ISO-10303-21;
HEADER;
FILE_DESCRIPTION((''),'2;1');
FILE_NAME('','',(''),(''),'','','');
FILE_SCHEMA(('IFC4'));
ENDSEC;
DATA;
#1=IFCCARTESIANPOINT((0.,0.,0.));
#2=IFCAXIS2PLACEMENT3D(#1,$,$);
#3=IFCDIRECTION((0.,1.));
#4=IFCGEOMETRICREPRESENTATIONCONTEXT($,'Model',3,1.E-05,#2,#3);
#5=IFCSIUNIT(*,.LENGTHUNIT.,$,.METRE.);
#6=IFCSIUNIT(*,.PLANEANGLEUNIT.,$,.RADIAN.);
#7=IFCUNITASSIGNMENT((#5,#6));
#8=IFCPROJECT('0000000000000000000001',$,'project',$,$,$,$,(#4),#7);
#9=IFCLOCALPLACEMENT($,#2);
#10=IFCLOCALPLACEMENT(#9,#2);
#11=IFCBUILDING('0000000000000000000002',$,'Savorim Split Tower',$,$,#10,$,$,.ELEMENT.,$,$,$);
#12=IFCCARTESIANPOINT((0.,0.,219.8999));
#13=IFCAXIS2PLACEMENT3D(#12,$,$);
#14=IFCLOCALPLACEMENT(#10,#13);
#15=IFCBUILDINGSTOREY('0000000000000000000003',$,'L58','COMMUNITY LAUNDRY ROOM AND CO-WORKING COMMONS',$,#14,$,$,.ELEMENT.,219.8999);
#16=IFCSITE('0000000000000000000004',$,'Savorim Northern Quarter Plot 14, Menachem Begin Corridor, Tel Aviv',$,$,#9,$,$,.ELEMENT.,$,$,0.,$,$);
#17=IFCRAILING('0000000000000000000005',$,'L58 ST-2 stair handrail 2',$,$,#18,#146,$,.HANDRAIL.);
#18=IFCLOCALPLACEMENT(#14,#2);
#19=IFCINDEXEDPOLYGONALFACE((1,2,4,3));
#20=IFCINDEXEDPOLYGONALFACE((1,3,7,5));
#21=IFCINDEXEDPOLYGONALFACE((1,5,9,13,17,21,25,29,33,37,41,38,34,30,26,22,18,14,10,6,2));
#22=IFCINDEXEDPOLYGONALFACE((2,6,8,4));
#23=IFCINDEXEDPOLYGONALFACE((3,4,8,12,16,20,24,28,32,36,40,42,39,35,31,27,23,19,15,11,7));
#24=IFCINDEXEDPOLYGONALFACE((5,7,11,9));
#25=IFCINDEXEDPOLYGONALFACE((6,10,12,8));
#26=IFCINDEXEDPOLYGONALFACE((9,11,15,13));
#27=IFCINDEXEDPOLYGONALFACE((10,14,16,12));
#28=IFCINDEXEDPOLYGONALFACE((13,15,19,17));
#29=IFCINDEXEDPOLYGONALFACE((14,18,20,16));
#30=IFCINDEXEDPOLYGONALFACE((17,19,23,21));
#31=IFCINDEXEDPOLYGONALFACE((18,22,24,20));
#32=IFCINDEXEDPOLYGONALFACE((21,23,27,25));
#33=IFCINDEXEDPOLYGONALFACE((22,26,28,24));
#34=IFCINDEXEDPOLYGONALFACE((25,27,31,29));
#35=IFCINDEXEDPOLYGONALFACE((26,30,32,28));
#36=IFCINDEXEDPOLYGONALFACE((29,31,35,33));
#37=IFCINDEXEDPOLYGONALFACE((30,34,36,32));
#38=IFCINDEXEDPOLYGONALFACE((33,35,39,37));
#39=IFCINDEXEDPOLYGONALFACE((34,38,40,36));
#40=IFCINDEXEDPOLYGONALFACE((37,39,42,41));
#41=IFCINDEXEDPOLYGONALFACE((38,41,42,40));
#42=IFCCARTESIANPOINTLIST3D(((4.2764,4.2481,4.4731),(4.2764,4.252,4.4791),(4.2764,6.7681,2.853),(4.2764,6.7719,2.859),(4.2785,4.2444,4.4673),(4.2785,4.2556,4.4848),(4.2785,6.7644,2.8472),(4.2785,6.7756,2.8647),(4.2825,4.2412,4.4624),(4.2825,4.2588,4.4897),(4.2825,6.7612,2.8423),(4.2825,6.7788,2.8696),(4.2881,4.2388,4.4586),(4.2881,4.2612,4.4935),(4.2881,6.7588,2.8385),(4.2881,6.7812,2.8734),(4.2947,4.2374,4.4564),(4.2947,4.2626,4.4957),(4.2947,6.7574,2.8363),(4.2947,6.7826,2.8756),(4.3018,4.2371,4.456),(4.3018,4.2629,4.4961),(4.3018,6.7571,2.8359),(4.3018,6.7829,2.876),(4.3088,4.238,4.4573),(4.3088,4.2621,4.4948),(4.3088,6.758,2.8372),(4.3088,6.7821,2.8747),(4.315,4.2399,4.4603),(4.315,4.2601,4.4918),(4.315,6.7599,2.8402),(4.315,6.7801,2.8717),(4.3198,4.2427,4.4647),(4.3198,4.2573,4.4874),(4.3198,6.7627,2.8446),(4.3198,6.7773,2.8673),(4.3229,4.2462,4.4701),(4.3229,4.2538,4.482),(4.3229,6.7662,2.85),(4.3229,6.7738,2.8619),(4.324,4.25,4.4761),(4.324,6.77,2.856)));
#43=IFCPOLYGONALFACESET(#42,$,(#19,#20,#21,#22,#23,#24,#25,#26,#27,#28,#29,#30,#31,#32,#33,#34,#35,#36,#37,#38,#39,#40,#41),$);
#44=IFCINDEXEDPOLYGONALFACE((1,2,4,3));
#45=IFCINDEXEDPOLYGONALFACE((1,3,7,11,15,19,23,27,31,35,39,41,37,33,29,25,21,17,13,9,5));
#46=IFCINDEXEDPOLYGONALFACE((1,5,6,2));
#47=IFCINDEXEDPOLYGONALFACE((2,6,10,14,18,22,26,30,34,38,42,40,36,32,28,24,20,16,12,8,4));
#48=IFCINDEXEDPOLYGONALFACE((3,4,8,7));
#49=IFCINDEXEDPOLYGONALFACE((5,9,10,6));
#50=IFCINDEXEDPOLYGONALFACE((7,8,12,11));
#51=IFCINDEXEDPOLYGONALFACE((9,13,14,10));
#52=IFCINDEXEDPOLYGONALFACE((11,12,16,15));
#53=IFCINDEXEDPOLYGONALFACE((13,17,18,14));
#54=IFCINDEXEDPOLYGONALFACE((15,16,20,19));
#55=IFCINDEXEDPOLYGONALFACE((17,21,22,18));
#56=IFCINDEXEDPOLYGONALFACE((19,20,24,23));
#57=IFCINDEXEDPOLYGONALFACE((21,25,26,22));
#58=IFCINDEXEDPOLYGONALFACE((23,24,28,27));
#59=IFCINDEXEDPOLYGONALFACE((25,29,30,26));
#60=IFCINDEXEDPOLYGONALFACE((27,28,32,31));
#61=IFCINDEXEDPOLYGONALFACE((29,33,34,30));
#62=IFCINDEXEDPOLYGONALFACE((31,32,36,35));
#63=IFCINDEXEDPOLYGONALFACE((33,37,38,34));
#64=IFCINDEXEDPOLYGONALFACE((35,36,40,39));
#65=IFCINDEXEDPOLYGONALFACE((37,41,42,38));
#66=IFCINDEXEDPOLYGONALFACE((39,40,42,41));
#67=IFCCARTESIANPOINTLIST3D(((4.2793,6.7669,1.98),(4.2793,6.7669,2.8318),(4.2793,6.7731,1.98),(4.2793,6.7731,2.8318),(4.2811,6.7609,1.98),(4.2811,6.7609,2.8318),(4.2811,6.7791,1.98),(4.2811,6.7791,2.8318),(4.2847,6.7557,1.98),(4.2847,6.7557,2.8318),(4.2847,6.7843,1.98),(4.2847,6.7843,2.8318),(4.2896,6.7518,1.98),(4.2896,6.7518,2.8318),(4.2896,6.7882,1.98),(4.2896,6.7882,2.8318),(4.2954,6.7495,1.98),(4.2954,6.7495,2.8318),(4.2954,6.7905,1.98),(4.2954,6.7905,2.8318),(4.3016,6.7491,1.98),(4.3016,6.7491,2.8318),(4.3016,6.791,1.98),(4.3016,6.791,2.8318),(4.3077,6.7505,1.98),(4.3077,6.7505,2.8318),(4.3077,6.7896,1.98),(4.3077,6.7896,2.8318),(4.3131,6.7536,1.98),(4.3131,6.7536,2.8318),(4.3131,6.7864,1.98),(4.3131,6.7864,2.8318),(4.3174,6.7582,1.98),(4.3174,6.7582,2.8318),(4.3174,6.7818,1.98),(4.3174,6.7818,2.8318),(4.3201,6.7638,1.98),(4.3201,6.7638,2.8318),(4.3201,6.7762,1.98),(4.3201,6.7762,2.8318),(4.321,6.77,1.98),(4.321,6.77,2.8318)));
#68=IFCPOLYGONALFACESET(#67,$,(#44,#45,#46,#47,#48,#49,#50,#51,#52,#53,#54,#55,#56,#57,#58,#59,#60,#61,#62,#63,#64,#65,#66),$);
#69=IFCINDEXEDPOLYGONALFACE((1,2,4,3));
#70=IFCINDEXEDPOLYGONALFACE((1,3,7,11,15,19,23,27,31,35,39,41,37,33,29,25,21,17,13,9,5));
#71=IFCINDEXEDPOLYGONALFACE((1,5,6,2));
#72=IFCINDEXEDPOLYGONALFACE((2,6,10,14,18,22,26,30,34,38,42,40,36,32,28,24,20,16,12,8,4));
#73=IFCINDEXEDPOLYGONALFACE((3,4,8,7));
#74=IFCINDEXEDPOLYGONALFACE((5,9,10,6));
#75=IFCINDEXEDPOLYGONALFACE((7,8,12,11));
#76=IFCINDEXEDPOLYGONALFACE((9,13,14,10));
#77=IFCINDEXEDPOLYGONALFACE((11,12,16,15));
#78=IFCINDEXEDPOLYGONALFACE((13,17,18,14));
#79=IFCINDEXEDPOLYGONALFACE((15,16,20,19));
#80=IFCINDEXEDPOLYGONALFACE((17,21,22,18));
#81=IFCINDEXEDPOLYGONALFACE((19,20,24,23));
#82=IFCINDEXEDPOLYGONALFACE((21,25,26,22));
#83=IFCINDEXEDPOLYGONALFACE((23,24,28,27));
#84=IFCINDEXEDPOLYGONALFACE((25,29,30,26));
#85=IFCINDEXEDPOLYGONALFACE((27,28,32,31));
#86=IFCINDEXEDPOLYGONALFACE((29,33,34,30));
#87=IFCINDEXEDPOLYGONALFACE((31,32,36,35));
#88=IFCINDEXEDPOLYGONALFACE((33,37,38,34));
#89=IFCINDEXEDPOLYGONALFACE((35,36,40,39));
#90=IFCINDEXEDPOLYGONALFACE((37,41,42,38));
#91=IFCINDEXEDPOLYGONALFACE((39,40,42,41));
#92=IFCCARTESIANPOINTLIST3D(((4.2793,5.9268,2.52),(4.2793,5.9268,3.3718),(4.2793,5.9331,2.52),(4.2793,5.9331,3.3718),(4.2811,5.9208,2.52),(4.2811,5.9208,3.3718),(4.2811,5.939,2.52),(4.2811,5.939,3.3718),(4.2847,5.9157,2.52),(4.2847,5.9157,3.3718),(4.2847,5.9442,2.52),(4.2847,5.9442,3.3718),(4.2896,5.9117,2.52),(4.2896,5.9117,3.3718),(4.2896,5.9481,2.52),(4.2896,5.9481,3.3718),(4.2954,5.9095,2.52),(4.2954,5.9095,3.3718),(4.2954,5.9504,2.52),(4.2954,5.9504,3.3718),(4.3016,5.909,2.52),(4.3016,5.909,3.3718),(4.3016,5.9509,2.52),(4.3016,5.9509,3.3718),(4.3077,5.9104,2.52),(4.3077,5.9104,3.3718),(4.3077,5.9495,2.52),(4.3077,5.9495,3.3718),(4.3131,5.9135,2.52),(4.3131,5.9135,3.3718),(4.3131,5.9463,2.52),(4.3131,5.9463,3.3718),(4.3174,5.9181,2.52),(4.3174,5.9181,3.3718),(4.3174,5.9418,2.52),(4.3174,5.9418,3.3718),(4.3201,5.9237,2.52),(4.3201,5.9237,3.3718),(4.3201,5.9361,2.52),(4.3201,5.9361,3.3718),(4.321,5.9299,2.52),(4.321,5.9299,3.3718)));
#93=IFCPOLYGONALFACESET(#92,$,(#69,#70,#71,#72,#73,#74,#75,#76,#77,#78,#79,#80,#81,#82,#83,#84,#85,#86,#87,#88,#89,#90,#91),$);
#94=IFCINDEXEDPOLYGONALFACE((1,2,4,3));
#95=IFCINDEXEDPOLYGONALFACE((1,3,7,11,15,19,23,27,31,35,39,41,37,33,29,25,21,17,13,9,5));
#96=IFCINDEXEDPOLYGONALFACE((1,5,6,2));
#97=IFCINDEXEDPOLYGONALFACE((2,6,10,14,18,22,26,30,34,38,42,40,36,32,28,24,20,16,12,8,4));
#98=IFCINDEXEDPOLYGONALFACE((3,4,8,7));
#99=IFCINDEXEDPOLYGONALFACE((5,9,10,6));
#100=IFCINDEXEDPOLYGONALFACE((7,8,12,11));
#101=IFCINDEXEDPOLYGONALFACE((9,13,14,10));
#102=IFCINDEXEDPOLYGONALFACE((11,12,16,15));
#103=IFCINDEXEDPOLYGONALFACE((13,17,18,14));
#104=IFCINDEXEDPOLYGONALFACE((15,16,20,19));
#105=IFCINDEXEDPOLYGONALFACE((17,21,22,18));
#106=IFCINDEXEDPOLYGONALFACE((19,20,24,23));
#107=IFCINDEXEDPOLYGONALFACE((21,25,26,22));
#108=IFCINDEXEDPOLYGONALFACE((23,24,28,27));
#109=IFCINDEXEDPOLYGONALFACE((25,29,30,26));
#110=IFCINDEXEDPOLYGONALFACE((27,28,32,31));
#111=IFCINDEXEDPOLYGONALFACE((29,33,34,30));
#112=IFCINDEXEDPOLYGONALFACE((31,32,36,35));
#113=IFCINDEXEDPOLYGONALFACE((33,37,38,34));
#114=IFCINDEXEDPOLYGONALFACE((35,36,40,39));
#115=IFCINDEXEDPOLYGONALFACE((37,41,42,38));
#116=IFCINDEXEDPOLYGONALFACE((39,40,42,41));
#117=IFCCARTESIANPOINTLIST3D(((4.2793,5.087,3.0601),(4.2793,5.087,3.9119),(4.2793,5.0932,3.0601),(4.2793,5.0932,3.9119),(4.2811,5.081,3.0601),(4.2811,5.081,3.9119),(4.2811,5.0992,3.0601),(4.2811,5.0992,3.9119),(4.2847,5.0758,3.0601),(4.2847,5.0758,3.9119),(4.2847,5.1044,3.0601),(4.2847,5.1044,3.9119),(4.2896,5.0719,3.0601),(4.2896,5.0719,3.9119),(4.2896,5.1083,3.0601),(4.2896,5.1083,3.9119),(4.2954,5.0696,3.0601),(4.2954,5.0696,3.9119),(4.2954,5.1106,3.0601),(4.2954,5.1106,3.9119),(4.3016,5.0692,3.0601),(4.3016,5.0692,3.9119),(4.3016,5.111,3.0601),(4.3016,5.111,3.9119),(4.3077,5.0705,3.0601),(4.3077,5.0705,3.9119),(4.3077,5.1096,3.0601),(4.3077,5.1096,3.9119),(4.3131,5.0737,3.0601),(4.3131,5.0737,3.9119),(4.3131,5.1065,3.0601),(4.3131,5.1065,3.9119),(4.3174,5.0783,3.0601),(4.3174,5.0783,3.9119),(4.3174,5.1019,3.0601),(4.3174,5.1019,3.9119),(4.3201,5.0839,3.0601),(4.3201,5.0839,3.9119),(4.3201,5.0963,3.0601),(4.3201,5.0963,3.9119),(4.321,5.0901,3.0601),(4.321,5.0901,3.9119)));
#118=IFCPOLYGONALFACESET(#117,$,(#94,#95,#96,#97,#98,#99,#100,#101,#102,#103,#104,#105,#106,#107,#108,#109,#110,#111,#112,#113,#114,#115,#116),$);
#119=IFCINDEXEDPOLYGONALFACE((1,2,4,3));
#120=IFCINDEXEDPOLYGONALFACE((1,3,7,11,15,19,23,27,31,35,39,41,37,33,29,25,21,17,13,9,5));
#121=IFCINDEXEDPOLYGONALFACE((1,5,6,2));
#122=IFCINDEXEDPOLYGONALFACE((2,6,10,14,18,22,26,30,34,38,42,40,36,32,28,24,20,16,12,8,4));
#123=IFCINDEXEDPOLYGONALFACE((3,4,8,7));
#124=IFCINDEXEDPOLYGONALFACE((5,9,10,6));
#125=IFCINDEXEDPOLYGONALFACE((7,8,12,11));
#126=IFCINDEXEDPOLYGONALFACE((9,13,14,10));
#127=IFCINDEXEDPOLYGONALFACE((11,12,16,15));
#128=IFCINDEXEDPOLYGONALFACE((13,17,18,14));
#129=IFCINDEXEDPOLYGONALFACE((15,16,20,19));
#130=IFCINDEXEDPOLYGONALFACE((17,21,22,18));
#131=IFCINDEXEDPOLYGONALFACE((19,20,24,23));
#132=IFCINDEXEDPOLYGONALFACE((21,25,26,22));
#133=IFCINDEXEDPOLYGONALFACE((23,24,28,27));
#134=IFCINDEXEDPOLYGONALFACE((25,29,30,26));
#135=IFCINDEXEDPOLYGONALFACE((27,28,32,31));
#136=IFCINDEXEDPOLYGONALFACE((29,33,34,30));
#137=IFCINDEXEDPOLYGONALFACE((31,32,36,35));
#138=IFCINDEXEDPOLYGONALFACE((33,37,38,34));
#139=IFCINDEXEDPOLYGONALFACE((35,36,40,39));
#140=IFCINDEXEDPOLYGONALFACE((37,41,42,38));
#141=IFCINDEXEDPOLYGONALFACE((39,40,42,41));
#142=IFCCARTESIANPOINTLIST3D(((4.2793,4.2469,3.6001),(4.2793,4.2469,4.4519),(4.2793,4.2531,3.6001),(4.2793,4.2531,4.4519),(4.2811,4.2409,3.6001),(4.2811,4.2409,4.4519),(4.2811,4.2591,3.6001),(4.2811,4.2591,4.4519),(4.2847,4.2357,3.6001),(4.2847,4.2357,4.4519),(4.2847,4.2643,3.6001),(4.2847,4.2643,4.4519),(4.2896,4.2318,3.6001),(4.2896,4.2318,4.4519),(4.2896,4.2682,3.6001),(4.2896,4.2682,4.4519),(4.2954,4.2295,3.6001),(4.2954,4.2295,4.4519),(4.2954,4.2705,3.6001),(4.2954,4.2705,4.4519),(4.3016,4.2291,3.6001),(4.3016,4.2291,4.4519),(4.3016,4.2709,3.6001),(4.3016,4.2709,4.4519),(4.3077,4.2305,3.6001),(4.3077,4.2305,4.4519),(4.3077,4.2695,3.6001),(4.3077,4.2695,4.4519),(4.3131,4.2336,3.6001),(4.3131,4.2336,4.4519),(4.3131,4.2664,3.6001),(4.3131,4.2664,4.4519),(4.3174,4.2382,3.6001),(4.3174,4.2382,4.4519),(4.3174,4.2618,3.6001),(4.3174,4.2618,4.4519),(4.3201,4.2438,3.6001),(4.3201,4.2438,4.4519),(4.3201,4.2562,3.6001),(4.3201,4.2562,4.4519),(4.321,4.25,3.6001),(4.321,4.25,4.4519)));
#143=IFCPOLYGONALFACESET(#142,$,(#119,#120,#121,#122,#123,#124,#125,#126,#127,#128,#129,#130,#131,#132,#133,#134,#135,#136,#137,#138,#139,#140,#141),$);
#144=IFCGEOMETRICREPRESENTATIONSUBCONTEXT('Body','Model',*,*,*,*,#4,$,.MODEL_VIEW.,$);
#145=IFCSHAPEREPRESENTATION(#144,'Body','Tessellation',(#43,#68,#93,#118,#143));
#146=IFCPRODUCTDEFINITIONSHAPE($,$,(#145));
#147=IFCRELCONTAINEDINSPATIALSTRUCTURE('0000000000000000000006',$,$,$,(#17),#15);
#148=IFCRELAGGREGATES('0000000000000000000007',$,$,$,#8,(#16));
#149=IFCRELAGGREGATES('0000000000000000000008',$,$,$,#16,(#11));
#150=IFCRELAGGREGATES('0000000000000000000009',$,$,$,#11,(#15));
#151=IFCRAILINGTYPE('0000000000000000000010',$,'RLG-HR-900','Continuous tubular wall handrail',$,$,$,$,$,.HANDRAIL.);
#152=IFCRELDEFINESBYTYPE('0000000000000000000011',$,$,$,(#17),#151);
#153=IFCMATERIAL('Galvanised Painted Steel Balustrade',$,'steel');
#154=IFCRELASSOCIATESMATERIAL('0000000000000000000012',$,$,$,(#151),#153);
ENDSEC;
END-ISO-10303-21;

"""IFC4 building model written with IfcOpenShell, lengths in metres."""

from ifc_helpers import new_model, si_unit, direction, frame, origin, origin_2d, place, context, subcontext, project, spatial, circle, extrude, material, type_object, element, save


model = new_model("IFC4")

# Units and contexts
model_context = context("Model", 3, precision=1e-05, world=origin(), true_north=direction((0.0, 1.0)))
body_context = subcontext(model_context, "Body", "Model", "MODEL_VIEW")
ifc_project = project(units=[si_unit("LENGTHUNIT", "METRE"), si_unit("PLANEANGLEUNIT", "RADIAN")], contexts=[model_context])

# Site, building, storey
site_placement = place(None, origin())
site = spatial("IfcSite", under=ifc_project, at=site_placement, Name="Savorim Northern Quarter Plot 14, Menachem Begin Corridor, Tel Aviv", CompositionType="ELEMENT", RefElevation=0.0)
building_placement = place(site_placement, origin())
building = spatial("IfcBuilding", under=site, at=building_placement, Name="Savorim Split Tower", CompositionType="ELEMENT")
storey_placement = place(building_placement, frame((0.0, 0.0, 219.8999)))
storey = spatial("IfcBuildingStorey", under=building, at=storey_placement, Name="L58", Description="COMMUNITY LAUNDRY ROOM AND CO-WORKING COMMONS", CompositionType="ELEMENT", Elevation=219.8999)

# Railing
ifc_material_1 = material(Name="Galvanised Painted Steel Balustrade", Category="steel")
railing_type_1 = type_object("IfcRailingType", Name="RLG-HR-900", Description="Continuous tubular wall handrail", PredefinedType="HANDRAIL", material=ifc_material_1)
railing_1_placement = place(storey_placement, frame((4.3, 6.77, 1.98)))
element("IfcRailing", 1, at=railing_1_placement, inside=storey, type_object=railing_type_1, Name="L58 ST-2 stair handrail 2", PredefinedType="HANDRAIL", context=body_context, shape_type="SweptSolid", body=[
    extrude(circle(Radius=0.0239, at=origin_2d()), frame((0.0, 0.0, 0.876), z_axis=(0.0, -0.841163, 0.540782), x_axis=(1.0, 0.0, 0.0)), (0.0, 0.0, 1.0), 2.9958),
    extrude(circle(Radius=0.021, at=origin_2d()), origin(), (0.0, 0.0, 1.0), 0.8518),
    extrude(circle(Radius=0.021, at=origin_2d()), frame((0.0, -0.8401, 0.54)), (0.0, 0.0, 1.0), 0.8518),
    extrude(circle(Radius=0.021, at=origin_2d()), frame((0.0, -1.6799, 1.0801)), (0.0, 0.0, 1.0), 0.8518),
    extrude(circle(Radius=0.021, at=origin_2d()), frame((0.0, -2.52, 1.6201)), (0.0, 0.0, 1.0), 0.8518),
])

save(model, "model.ifc")
